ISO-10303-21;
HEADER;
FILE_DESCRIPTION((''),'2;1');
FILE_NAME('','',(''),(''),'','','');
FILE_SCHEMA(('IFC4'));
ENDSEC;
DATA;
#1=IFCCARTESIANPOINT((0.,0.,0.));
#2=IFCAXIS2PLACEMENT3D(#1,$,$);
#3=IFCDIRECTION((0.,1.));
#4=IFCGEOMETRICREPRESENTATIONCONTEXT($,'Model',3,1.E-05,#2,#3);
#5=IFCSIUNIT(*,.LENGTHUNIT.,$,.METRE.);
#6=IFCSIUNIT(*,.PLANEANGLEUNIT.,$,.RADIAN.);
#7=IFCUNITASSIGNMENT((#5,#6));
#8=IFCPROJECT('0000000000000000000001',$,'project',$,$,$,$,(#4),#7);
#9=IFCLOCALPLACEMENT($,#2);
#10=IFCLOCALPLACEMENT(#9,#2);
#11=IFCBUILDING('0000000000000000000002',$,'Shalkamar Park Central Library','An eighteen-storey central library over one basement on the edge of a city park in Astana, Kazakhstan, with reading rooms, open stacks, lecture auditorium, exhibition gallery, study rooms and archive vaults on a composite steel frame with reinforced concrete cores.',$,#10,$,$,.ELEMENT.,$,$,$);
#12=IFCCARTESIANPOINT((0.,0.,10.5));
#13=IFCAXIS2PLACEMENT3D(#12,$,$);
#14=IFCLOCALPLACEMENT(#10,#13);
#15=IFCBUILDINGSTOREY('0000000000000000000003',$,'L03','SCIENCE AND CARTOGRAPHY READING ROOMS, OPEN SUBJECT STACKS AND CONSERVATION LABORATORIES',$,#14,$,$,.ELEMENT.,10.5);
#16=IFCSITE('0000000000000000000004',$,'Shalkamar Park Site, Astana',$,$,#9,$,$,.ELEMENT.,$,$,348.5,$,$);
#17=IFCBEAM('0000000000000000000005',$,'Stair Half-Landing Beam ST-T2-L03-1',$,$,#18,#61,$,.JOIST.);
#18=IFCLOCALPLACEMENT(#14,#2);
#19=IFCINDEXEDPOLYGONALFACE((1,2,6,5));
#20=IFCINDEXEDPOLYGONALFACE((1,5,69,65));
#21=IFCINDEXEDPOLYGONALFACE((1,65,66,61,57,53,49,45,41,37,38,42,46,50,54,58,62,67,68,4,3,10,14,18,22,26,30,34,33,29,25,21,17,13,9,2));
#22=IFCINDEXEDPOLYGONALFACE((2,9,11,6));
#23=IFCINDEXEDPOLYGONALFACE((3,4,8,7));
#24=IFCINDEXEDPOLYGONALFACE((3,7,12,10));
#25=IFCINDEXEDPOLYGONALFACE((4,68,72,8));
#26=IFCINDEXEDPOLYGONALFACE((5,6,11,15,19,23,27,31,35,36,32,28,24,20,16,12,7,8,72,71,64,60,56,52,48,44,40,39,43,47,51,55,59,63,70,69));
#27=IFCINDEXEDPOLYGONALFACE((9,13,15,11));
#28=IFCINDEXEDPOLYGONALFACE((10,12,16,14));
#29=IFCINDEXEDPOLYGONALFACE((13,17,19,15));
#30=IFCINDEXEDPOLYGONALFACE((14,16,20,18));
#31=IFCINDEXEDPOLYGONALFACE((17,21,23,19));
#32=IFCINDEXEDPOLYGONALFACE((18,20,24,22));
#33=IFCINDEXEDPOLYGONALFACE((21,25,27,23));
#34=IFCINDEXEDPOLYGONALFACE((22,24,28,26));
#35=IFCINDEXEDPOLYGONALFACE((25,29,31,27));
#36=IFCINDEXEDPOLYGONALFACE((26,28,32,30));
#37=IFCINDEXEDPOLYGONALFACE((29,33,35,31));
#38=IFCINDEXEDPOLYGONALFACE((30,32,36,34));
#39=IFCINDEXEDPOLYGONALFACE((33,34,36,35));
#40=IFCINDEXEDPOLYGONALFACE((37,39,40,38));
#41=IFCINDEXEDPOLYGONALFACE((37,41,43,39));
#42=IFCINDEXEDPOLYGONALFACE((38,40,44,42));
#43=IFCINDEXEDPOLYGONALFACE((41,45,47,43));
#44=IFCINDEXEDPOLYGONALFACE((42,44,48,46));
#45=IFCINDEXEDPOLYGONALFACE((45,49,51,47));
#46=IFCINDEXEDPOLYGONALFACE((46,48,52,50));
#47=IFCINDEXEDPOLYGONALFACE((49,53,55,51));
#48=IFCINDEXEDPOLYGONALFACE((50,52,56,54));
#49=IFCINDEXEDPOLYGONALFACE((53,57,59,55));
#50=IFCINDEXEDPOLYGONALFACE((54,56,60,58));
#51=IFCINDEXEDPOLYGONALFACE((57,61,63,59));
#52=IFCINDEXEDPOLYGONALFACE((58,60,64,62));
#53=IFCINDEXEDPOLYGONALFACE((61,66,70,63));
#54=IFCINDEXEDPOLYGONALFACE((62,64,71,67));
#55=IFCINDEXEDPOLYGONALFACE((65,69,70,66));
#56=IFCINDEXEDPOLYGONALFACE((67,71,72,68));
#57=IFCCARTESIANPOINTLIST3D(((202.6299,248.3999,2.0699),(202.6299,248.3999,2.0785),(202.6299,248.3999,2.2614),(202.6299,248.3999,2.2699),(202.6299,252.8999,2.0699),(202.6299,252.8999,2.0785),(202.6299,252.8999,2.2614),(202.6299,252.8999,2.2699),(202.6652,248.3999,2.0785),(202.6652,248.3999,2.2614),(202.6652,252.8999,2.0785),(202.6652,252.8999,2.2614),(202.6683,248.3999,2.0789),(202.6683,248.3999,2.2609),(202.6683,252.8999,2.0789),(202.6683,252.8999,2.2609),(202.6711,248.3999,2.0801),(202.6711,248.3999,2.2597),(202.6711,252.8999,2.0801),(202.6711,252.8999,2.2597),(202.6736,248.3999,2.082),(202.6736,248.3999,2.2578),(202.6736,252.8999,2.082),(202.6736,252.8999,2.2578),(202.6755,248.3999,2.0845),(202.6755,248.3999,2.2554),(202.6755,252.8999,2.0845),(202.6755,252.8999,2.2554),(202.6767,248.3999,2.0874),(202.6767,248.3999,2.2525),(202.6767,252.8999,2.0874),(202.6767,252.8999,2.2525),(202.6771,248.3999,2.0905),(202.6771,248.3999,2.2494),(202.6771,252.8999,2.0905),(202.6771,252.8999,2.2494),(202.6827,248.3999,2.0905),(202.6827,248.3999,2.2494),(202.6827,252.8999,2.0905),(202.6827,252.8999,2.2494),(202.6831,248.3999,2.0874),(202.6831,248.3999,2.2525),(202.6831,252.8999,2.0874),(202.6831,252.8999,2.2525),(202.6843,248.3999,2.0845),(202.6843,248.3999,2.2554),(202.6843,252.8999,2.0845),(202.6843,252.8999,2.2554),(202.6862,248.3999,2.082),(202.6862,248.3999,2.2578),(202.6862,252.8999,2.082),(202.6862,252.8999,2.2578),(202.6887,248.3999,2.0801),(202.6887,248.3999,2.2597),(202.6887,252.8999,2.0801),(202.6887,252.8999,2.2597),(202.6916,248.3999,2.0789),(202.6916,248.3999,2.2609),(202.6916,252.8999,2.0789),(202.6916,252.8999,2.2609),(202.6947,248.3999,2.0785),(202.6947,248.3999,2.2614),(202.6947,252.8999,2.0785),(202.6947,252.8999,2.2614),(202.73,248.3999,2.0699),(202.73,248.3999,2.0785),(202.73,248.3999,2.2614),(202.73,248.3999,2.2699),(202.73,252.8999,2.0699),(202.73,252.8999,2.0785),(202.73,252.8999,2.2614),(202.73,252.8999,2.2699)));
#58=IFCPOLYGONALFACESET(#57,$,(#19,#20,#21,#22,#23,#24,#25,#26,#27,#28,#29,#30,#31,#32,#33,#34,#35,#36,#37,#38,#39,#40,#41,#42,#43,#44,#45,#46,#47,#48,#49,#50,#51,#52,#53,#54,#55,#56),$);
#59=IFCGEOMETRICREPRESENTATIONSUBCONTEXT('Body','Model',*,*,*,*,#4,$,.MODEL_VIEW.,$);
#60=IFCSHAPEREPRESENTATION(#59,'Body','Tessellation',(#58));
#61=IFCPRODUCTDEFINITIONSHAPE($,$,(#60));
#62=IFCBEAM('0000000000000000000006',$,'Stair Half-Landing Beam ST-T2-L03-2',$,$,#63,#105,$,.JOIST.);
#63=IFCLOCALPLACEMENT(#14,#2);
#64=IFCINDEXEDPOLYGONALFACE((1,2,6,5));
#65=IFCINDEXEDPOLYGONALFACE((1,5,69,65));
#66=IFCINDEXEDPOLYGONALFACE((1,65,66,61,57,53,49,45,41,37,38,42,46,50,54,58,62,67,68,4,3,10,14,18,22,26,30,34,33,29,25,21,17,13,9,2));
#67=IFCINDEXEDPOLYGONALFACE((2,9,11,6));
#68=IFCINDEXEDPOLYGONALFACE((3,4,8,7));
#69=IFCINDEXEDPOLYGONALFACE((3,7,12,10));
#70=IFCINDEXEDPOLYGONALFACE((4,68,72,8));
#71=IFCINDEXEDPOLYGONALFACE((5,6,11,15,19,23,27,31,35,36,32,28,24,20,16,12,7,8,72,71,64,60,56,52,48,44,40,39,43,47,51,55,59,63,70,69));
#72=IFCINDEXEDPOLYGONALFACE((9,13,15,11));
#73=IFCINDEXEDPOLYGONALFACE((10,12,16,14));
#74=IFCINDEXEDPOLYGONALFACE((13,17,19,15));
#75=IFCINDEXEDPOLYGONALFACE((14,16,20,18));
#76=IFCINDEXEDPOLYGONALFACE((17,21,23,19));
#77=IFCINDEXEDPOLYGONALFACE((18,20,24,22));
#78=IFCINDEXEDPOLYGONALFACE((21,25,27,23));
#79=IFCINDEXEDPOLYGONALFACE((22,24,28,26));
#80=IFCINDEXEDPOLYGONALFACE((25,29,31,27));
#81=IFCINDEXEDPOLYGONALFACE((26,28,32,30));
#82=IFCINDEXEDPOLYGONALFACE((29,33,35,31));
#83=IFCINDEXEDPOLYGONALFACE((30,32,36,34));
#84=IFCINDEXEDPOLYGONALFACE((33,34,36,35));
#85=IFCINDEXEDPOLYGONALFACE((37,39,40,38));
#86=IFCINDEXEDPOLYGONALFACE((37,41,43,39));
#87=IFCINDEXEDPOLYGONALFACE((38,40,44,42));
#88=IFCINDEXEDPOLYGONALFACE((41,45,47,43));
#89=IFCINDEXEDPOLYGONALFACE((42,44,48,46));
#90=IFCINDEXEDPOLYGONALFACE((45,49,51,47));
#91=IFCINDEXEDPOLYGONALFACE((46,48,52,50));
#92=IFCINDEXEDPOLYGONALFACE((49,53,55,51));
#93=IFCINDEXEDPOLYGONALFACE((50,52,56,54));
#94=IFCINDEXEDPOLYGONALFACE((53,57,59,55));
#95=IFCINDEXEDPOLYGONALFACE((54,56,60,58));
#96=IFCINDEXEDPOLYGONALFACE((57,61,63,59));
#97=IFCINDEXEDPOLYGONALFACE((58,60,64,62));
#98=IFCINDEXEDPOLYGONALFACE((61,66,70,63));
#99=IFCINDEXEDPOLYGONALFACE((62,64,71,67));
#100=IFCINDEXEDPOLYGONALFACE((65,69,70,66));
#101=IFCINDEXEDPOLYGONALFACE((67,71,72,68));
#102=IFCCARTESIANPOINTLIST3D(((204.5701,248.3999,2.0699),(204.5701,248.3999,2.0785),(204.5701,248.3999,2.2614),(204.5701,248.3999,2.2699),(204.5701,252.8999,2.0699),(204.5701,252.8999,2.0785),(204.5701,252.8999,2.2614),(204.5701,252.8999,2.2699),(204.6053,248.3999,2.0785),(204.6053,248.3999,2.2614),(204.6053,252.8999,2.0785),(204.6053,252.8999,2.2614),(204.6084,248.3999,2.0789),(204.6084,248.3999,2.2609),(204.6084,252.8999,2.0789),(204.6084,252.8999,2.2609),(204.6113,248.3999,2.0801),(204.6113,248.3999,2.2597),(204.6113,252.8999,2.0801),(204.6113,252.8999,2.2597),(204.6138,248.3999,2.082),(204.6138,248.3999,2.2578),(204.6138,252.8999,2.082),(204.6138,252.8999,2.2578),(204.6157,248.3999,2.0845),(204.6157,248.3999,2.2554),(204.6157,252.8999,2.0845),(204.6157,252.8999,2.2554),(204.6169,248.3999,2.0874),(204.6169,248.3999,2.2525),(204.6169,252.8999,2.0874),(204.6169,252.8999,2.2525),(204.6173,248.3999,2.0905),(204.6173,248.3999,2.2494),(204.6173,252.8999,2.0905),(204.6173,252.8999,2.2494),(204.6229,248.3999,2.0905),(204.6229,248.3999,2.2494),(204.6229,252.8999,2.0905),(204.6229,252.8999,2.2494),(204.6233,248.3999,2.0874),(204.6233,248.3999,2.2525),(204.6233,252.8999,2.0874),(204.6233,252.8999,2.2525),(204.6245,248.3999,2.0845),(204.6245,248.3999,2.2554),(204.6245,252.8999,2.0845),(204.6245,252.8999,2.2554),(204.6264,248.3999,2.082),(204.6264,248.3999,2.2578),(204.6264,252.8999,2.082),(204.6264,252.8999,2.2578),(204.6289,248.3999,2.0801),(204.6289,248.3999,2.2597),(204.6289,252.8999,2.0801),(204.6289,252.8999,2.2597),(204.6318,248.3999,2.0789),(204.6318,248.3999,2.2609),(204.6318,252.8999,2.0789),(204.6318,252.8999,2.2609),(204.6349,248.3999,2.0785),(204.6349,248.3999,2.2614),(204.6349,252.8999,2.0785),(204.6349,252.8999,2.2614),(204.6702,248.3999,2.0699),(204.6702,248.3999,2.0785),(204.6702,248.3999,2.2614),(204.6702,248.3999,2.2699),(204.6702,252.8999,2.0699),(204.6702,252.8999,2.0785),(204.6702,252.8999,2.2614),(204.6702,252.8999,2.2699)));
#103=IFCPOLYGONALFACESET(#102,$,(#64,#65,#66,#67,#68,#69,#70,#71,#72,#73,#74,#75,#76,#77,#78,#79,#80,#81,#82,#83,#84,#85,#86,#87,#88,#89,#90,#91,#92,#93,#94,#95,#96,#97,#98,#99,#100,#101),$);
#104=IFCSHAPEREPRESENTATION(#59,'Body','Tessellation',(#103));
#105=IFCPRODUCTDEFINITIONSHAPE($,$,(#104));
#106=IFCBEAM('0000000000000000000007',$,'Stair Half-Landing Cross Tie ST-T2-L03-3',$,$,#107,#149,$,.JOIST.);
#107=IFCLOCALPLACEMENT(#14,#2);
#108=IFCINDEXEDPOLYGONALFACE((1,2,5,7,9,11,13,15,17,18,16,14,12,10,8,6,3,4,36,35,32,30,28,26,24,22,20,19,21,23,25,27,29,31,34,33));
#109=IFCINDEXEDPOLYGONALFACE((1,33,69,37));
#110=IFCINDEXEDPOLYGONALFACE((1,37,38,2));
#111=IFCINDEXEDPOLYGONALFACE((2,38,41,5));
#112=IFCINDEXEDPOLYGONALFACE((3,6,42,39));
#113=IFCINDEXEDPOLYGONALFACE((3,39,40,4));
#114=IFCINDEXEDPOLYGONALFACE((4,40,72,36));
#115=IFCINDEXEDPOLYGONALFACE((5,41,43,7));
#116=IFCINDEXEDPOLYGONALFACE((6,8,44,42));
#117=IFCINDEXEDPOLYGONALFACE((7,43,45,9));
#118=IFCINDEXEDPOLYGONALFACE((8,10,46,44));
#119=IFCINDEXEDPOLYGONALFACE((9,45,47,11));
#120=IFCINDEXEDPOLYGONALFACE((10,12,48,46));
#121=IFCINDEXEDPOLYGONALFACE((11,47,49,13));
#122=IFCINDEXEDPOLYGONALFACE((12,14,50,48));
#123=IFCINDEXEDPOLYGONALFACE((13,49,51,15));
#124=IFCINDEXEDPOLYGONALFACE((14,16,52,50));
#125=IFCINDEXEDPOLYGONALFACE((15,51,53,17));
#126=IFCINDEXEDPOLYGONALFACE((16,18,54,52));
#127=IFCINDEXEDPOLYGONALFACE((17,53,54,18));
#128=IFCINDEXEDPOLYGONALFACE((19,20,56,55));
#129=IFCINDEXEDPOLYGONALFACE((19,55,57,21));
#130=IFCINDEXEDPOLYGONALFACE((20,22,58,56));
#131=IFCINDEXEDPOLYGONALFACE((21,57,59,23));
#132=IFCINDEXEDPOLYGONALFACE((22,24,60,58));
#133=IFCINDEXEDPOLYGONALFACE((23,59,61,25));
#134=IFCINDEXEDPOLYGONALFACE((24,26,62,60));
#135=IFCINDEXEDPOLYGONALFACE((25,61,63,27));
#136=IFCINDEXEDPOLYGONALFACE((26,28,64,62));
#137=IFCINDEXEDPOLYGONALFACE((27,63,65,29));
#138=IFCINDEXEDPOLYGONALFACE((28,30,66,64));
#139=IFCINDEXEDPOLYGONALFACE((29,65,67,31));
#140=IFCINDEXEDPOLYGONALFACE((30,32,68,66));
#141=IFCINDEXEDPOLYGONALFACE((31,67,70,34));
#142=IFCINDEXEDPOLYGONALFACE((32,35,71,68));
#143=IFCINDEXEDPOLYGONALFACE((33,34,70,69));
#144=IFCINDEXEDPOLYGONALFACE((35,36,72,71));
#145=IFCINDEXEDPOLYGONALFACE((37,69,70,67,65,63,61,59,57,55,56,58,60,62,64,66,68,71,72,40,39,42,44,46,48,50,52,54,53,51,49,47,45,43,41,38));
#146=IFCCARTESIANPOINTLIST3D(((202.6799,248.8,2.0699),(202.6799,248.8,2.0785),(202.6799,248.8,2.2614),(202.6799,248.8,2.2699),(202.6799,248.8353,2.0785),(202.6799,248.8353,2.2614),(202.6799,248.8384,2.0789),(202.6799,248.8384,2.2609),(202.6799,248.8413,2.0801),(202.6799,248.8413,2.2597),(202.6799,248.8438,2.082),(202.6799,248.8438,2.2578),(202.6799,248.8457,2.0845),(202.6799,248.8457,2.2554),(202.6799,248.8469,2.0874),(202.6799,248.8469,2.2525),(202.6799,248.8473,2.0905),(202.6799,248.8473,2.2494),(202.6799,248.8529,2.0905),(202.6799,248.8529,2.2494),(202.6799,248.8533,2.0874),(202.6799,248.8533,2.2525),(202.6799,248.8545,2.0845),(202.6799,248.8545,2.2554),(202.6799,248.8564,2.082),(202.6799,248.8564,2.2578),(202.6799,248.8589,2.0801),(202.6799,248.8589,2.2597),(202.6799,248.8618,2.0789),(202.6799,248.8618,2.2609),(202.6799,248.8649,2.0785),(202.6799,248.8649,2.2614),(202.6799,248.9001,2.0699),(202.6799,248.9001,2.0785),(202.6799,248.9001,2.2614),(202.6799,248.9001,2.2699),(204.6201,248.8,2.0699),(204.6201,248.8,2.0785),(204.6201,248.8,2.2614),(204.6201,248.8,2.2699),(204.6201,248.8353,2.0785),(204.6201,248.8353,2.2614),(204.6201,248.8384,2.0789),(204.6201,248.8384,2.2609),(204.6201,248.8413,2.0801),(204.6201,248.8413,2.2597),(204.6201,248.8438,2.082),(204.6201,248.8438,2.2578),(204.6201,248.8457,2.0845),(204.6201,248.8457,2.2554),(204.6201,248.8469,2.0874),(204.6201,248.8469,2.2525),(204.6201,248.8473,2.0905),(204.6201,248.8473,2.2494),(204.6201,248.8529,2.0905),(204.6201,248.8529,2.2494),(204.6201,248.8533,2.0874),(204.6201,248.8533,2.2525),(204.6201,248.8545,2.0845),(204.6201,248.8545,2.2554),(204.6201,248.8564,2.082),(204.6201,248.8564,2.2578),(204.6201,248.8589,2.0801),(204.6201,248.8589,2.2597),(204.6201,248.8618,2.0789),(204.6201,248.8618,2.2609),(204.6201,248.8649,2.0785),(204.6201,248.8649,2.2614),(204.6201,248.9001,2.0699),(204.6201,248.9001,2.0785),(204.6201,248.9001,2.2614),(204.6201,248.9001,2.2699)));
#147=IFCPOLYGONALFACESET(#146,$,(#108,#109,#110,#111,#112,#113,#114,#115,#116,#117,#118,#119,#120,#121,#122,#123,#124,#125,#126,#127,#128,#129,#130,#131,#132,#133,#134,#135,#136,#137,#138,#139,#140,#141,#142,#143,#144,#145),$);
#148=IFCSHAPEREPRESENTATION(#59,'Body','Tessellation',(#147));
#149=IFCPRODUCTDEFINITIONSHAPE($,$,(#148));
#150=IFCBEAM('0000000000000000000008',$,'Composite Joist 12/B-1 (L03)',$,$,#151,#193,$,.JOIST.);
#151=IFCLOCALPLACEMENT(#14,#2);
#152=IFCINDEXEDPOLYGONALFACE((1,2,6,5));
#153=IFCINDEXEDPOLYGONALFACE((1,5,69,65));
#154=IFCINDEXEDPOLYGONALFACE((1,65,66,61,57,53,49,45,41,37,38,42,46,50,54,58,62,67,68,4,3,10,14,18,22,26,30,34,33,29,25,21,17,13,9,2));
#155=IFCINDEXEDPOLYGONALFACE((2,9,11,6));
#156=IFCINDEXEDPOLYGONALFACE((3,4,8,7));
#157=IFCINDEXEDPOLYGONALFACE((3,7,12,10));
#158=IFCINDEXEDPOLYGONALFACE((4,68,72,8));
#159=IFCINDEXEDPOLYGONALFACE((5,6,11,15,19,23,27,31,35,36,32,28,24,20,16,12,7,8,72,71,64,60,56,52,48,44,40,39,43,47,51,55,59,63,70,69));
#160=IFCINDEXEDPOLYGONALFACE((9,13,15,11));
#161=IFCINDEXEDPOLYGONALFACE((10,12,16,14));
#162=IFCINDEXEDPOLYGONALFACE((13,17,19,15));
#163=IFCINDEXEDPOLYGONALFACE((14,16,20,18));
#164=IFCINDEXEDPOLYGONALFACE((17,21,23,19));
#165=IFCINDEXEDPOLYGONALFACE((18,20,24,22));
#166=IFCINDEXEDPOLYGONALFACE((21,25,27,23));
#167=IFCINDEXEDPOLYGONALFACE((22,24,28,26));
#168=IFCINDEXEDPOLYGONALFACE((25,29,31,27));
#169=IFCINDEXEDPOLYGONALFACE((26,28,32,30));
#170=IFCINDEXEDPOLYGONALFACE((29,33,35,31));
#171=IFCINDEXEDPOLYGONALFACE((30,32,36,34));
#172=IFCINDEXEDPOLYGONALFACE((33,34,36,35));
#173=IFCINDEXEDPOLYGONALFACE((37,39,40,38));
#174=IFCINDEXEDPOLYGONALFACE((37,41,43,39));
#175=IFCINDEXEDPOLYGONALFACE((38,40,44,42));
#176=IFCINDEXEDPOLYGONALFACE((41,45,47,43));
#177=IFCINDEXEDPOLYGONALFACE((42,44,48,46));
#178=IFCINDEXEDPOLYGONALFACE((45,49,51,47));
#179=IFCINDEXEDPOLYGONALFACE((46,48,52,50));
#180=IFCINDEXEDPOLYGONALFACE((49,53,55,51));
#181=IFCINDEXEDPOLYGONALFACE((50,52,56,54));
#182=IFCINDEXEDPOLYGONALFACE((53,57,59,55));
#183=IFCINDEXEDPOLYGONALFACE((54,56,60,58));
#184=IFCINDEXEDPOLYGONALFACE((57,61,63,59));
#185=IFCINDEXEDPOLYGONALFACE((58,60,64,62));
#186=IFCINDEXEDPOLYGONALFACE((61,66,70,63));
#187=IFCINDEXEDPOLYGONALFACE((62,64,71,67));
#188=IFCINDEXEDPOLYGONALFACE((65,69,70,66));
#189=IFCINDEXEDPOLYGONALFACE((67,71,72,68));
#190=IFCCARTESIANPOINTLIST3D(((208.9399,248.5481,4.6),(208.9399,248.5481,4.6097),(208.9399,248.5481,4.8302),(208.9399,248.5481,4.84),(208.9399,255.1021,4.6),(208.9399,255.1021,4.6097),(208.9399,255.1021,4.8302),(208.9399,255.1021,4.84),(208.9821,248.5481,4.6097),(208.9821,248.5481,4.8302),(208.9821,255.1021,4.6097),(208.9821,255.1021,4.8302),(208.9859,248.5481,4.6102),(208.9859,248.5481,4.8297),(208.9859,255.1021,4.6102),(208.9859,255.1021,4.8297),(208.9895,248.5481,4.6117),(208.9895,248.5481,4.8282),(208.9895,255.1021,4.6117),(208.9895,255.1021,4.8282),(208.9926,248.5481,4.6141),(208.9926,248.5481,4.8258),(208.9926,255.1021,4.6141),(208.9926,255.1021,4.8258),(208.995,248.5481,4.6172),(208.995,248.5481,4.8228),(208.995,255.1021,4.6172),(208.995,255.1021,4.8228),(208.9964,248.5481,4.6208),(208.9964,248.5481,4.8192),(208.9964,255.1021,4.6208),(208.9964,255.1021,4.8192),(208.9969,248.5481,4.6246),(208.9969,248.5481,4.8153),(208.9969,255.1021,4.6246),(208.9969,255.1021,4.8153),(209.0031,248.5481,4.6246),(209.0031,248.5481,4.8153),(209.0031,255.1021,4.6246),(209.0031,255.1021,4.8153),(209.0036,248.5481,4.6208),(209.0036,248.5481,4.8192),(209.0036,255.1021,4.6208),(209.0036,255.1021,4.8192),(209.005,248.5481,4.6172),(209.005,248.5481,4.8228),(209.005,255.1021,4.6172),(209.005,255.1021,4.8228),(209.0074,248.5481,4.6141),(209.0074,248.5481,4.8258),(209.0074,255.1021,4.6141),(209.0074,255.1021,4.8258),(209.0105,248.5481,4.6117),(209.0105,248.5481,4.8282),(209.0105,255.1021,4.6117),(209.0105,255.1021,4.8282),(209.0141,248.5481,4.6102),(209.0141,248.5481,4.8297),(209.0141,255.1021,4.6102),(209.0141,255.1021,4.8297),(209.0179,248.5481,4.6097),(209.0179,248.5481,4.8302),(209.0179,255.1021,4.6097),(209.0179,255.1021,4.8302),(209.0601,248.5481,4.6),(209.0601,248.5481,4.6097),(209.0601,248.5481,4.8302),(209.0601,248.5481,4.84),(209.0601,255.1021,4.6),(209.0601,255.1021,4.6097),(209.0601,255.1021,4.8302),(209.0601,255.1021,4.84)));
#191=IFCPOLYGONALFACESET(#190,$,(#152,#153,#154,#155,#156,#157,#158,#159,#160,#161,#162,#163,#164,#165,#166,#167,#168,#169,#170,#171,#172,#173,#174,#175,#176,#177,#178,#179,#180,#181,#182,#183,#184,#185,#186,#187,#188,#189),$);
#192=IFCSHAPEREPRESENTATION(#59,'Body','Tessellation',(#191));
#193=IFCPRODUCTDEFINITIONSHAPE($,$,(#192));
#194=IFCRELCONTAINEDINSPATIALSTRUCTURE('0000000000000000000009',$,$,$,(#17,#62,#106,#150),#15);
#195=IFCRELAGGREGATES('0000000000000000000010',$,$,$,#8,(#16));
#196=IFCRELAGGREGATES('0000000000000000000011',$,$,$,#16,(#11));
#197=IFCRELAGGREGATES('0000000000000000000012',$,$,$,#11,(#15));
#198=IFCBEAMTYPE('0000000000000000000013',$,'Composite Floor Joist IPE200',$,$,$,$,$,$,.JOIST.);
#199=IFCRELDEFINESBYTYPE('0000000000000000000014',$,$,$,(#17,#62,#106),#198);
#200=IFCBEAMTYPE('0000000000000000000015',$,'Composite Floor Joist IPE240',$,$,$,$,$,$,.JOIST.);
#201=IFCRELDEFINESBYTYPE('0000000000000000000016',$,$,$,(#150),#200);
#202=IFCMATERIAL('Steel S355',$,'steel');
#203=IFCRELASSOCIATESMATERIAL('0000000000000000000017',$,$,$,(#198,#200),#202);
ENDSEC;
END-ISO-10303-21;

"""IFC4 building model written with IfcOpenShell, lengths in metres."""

from ifc_helpers import new_model, si_unit, direction, frame, origin, origin_2d, place, context, subcontext, project, spatial, i_section, extrude, material, material_profile, profile_set, type_object, element, save


model = new_model("IFC4")

# Units and contexts
model_context = context("Model", 3, precision=1e-05, world=origin(), true_north=direction((0.0, 1.0)))
body_context = subcontext(model_context, "Body", "Model", "MODEL_VIEW")
ifc_project = project(units=[si_unit("LENGTHUNIT", "METRE"), si_unit("PLANEANGLEUNIT", "RADIAN")], contexts=[model_context])

# Site, building, storey
site_placement = place(None, origin())
site = spatial("IfcSite", under=ifc_project, at=site_placement, Name="Shalkamar Park Site, Astana", CompositionType="ELEMENT", RefElevation=348.5)
building_placement = place(site_placement, origin())
building = spatial("IfcBuilding", under=site, at=building_placement, Name="Shalkamar Park Central Library", Description="An eighteen-storey central library over one basement on the edge of a city park in Astana, Kazakhstan, with reading rooms, open stacks, lecture auditorium, exhibition gallery, study rooms and archive vaults on a composite steel frame with reinforced concrete cores.", CompositionType="ELEMENT")
storey_placement = place(building_placement, frame((0.0, 0.0, 10.5)))
storey = spatial("IfcBuildingStorey", under=building, at=storey_placement, Name="L03", Description="SCIENCE AND CARTOGRAPHY READING ROOMS, OPEN SUBJECT STACKS AND CONSERVATION LABORATORIES", CompositionType="ELEMENT", Elevation=10.5)

# Shared definitions
ifc_material_1 = material(Name="Steel S355", Category="steel")

# Beams
ifc_material_profile_1 = material_profile(ifc_material_1, i_section(OverallWidth=0.1001, OverallDepth=0.2, WebThickness=0.0056, FlangeThickness=0.0085, FilletRadius=0.012, at=origin_2d()), Name="IPE 200")
ifc_profile_set_1 = profile_set([ifc_material_profile_1], Name="Steel S355")
beam_type_1 = type_object("IfcBeamType", Name="Composite Floor Joist IPE200", PredefinedType="JOIST", material=ifc_profile_set_1)
for number, where, z_axis, x_axis, name in (
    (1, (202.6799, 248.3999, 2.1699), (0.0, 1.0, 0.0), (-1.0, 0.0, 0.0), "Stair Half-Landing Beam ST-T2-L03-1"),
    (2, (204.6201, 248.3999, 2.1699), (0.0, 1.0, 0.0), (-1.0, 0.0, 0.0), "Stair Half-Landing Beam ST-T2-L03-2"),
):
    element("IfcBeam", number, at=place(storey_placement, frame(where, z_axis=z_axis, x_axis=x_axis)), inside=storey, type_object=beam_type_1, Name=name, PredefinedType="JOIST", context=body_context, shape_type="SweptSolid", body=[
        extrude(i_section(OverallWidth=0.1001, OverallDepth=0.2, WebThickness=0.0056, FlangeThickness=0.0085, FilletRadius=0.012, at=origin_2d()), origin(), (0.0, 0.0, 1.0), 4.5),
    ])
beam_1_placement = place(storey_placement, frame((202.6799, 248.8501, 2.1699), z_axis=(1.0, 0.0, 0.0), x_axis=(0.0, 1.0, 0.0)))
element("IfcBeam", 3, at=beam_1_placement, inside=storey, type_object=beam_type_1, Name="Stair Half-Landing Cross Tie ST-T2-L03-3", PredefinedType="JOIST", context=body_context, shape_type="SweptSolid", body=[
    extrude(i_section(OverallWidth=0.1001, OverallDepth=0.2, WebThickness=0.0056, FlangeThickness=0.0085, FilletRadius=0.012, at=origin_2d()), origin(), (0.0, 0.0, 1.0), 1.9402),
])
ifc_material_profile_2 = material_profile(ifc_material_1, i_section(OverallWidth=0.1201, OverallDepth=0.24, WebThickness=0.0061, FlangeThickness=0.0098, FilletRadius=0.0149, at=origin_2d()), Name="IPE 240")
ifc_profile_set_2 = profile_set([ifc_material_profile_2], Name="Steel S355")
beam_type_2 = type_object("IfcBeamType", Name="Composite Floor Joist IPE240", PredefinedType="JOIST", material=ifc_profile_set_2)
beam_2_placement = place(storey_placement, frame((209.0, 248.5481, 4.72), z_axis=(0.0, 1.0, 0.0), x_axis=(-1.0, 0.0, 0.0)))
element("IfcBeam", 4, at=beam_2_placement, inside=storey, type_object=beam_type_2, Name="Composite Joist 12/B-1 (L03)", PredefinedType="JOIST", context=body_context, shape_type="SweptSolid", body=[
    extrude(i_section(OverallWidth=0.1201, OverallDepth=0.24, WebThickness=0.0061, FlangeThickness=0.0098, FilletRadius=0.0149, at=origin_2d()), origin(), (0.0, 0.0, 1.0), 6.554),
])

save(model, "model.ifc")
